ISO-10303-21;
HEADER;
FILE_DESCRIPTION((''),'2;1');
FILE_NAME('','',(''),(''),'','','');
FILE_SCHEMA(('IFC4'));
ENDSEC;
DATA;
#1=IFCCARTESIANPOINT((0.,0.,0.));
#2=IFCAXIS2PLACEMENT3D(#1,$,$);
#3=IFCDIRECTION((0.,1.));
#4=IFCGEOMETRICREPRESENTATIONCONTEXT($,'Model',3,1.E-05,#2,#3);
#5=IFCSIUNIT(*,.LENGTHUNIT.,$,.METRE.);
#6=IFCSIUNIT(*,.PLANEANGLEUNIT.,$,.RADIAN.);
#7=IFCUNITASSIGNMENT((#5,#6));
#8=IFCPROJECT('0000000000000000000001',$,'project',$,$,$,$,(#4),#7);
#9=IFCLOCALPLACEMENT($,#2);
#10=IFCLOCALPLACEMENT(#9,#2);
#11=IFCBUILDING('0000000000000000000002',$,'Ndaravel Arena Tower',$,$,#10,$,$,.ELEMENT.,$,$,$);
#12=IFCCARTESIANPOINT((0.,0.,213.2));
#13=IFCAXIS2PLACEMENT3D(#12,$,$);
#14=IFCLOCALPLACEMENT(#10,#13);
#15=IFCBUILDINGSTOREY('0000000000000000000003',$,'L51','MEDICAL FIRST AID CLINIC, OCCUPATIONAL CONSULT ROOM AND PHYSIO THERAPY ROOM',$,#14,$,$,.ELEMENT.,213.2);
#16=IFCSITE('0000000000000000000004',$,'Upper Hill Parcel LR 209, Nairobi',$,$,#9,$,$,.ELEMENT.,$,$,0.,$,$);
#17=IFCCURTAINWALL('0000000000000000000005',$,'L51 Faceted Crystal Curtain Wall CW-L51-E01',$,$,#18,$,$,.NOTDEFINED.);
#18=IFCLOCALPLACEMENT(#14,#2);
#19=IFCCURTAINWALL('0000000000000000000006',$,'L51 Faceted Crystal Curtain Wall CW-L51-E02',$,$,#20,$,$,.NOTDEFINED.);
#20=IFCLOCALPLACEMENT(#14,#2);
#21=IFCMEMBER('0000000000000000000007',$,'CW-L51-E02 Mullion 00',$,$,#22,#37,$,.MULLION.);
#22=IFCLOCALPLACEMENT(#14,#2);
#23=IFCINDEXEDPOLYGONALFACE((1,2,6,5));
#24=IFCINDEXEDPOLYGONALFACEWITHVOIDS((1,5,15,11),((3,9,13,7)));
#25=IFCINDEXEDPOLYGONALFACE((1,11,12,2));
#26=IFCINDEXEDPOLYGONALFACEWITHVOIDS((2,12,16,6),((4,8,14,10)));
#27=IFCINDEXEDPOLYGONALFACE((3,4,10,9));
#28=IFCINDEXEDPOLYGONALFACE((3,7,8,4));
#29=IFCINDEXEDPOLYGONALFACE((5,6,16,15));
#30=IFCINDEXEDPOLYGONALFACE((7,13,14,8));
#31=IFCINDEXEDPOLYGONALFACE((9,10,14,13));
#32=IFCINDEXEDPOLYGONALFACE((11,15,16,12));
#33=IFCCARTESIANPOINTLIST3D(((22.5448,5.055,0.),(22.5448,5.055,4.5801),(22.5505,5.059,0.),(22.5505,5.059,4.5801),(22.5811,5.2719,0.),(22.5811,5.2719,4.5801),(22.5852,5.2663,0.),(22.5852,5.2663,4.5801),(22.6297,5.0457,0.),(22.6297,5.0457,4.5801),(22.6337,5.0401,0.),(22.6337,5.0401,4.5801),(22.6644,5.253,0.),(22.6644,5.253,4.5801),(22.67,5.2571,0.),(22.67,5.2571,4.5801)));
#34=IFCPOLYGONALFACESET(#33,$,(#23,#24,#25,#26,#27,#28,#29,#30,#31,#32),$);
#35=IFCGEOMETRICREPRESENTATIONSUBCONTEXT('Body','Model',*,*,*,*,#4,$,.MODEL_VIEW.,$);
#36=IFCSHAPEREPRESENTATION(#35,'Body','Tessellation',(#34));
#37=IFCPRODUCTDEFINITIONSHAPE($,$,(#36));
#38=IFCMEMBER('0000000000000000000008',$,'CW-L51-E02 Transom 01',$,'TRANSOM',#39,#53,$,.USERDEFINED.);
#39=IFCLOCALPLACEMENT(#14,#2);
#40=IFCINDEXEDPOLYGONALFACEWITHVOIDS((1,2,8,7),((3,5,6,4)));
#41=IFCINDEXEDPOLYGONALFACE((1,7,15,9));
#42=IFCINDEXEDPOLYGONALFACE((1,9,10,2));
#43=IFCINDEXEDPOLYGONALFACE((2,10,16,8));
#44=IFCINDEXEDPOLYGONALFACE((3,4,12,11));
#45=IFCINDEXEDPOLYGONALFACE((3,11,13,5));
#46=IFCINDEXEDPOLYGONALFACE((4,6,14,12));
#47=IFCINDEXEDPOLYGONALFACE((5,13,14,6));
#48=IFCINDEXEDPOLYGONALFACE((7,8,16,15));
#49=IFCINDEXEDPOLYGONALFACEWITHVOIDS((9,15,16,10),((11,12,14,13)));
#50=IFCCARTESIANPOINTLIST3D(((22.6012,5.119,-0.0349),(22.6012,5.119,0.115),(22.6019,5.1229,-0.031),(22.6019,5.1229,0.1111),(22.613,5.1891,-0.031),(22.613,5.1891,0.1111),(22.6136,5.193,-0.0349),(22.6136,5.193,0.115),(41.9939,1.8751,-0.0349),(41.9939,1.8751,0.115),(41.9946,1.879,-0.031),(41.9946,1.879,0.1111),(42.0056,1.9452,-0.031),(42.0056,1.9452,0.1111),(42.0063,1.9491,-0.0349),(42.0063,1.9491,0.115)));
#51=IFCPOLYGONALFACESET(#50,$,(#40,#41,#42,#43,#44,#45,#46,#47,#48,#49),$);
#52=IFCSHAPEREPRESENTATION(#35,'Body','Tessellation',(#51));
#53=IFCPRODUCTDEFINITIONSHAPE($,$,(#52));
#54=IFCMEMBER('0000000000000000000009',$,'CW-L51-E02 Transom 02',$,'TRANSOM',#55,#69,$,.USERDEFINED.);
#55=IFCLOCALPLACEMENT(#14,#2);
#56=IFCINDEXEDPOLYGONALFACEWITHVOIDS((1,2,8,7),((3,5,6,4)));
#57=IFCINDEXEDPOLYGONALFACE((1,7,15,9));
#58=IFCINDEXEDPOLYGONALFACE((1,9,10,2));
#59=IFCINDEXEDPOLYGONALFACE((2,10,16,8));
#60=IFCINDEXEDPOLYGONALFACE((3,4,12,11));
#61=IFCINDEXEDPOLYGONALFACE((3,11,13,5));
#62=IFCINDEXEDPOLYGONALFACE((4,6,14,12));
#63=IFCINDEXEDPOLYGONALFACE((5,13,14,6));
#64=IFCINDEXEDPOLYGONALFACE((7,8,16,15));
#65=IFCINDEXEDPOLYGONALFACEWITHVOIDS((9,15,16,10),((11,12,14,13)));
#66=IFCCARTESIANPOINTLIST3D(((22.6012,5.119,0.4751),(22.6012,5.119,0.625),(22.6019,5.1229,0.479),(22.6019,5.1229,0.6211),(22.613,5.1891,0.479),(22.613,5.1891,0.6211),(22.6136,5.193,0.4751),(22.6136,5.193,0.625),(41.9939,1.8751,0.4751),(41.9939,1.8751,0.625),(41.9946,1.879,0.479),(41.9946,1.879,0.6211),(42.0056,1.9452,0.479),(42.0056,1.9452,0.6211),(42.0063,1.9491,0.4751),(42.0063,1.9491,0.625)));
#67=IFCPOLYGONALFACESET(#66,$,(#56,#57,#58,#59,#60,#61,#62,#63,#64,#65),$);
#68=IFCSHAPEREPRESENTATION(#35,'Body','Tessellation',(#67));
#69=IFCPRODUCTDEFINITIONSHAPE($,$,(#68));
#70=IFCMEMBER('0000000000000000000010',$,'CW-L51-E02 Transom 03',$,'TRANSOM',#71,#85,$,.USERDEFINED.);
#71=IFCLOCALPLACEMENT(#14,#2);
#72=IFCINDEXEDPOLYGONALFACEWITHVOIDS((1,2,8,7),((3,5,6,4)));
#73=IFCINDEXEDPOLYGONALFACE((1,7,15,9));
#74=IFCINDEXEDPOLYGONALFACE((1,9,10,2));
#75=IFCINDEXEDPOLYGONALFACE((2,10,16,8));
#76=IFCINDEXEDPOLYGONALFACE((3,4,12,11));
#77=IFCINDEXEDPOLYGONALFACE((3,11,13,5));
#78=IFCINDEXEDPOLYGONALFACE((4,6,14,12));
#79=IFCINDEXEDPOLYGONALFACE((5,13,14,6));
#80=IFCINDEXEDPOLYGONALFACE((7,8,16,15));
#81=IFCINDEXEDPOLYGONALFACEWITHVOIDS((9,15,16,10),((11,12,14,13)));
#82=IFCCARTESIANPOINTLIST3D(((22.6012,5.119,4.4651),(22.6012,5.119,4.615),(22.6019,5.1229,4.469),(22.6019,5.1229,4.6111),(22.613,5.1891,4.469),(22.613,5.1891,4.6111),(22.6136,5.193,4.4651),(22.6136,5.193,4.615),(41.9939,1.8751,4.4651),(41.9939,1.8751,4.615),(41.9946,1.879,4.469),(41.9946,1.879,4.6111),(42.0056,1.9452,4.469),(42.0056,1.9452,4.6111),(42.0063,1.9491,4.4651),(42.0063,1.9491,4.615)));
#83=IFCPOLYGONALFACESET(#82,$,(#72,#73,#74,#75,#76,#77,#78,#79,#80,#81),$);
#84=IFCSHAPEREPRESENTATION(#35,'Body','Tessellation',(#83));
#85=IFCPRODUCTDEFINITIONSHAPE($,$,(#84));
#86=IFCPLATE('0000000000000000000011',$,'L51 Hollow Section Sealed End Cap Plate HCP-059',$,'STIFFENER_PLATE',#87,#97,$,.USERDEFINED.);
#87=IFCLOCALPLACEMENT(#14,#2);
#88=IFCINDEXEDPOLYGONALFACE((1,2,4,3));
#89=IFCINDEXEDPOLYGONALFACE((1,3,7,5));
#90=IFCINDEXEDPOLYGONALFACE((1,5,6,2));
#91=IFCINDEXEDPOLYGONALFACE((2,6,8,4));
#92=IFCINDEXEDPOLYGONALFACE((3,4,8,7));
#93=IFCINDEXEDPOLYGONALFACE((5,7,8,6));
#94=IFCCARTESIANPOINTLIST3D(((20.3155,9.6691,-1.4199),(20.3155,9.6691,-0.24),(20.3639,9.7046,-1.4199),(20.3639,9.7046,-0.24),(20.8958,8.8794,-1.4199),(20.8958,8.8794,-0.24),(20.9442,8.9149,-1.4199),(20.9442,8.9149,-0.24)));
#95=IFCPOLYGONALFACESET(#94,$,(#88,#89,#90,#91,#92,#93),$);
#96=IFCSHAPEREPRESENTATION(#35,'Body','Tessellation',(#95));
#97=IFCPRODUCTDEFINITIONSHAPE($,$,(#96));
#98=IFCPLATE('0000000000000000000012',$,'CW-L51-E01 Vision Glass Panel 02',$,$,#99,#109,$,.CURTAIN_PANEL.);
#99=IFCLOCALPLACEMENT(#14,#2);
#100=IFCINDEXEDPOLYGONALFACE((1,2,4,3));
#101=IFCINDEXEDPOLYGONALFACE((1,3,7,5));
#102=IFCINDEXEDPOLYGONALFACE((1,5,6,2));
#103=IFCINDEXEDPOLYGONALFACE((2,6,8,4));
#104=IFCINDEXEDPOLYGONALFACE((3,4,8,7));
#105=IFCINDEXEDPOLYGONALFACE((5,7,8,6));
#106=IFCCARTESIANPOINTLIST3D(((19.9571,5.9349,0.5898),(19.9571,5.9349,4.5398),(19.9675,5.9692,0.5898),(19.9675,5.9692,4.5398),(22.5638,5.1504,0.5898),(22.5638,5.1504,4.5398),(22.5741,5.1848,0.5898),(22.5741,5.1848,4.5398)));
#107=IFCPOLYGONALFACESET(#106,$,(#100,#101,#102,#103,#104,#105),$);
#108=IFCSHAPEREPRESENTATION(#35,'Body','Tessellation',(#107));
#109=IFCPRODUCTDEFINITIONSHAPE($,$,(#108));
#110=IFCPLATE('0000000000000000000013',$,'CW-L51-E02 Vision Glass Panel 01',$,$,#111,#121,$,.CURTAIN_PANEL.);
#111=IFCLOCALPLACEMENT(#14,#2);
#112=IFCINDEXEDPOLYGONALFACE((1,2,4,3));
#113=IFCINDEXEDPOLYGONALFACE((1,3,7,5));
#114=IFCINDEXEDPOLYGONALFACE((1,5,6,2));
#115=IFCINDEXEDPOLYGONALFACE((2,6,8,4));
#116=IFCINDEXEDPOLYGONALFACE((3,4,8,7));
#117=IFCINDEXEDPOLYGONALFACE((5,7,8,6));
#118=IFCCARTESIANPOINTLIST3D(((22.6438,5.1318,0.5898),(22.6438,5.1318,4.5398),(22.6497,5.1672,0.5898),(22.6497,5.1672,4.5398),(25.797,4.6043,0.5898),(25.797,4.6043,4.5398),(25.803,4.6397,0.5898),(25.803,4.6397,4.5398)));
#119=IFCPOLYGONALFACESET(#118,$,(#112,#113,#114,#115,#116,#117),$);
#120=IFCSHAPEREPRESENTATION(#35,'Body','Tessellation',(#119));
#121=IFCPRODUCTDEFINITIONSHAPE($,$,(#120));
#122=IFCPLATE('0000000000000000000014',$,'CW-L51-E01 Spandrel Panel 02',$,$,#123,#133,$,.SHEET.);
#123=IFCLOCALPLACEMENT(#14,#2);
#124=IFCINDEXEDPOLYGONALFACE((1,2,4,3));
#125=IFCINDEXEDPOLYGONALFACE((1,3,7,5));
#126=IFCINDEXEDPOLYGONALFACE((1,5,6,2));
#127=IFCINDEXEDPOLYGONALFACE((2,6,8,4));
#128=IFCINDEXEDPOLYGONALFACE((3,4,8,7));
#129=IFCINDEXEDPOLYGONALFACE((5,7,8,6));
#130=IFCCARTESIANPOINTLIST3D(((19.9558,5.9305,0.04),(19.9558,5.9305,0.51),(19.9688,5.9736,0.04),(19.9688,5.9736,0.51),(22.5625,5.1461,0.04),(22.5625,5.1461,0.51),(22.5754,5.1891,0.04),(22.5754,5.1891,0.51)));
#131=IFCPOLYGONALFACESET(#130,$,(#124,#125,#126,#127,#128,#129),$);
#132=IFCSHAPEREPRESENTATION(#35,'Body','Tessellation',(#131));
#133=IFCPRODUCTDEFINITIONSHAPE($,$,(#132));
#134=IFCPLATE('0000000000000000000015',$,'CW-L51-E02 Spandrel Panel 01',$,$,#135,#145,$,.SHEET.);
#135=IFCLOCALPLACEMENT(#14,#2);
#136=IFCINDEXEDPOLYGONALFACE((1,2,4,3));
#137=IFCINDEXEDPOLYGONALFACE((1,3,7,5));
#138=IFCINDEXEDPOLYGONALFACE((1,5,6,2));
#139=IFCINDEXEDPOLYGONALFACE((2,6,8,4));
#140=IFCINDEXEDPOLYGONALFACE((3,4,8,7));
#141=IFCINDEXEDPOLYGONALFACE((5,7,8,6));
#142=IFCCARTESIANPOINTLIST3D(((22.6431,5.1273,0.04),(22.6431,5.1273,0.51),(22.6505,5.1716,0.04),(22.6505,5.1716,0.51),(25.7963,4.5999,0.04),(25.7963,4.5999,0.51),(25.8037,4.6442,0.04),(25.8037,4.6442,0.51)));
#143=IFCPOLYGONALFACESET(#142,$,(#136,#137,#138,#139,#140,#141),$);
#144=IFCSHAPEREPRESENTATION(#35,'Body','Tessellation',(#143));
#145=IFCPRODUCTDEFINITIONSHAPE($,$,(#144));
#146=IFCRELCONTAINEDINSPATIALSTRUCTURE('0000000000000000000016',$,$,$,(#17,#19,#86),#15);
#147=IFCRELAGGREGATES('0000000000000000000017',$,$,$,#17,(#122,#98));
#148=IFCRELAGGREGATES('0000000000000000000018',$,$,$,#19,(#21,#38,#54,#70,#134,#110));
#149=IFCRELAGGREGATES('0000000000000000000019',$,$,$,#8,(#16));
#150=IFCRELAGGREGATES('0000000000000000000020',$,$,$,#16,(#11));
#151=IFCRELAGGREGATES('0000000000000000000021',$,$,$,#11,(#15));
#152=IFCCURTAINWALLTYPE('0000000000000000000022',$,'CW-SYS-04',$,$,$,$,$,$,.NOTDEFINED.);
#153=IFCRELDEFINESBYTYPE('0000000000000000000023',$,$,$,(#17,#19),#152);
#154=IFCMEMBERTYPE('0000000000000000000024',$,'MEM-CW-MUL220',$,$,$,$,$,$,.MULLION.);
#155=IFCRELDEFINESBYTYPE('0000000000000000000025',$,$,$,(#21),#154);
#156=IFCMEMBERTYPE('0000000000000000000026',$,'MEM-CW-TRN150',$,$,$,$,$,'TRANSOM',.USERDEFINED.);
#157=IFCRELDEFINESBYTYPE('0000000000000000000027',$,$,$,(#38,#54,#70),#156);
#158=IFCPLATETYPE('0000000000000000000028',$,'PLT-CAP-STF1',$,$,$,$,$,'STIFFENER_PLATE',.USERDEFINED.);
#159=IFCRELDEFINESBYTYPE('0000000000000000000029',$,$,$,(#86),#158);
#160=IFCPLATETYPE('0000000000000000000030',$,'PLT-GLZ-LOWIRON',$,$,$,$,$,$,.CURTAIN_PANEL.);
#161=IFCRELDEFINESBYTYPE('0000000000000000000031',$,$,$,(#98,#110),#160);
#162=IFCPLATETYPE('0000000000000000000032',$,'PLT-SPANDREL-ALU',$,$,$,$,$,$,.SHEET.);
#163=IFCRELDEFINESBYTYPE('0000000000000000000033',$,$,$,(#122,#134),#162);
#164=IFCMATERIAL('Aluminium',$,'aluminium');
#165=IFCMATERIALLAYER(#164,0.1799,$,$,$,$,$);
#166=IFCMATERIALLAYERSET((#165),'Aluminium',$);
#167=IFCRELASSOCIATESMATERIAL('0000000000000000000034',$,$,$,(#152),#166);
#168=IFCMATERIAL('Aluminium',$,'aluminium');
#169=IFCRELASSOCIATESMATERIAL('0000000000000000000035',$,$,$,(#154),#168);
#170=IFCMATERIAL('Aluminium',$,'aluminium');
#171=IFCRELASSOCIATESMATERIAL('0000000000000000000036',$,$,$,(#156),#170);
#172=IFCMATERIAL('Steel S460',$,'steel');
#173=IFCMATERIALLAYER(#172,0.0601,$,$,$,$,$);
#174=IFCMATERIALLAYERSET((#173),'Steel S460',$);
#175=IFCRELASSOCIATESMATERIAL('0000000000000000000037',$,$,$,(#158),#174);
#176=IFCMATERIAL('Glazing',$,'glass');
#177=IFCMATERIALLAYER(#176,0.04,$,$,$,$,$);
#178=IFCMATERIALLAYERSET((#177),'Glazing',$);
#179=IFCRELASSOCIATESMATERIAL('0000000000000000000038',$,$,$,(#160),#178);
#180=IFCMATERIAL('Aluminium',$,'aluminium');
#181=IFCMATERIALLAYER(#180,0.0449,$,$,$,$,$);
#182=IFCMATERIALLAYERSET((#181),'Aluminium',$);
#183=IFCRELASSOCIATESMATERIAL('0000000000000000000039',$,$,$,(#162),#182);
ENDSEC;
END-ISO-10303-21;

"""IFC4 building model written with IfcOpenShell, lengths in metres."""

from ifc_helpers import new_model, si_unit, direction, frame, origin, origin_2d, place, context, subcontext, project, spatial, rectangle, hollow_rectangle, extrude, material, layer, layer_set, material_profile, profile_set, type_object, element, aggregate, save


model = new_model("IFC4")

# Units and contexts
model_context = context("Model", 3, precision=1e-05, world=origin(), true_north=direction((0.0, 1.0)))
body_context = subcontext(model_context, "Body", "Model", "MODEL_VIEW")
ifc_project = project(units=[si_unit("LENGTHUNIT", "METRE"), si_unit("PLANEANGLEUNIT", "RADIAN")], contexts=[model_context])

# Site, building, storey
site_placement = place(None, origin())
site = spatial("IfcSite", under=ifc_project, at=site_placement, Name="Upper Hill Parcel LR 209, Nairobi", CompositionType="ELEMENT", RefElevation=0.0)
building_placement = place(site_placement, origin())
building = spatial("IfcBuilding", under=site, at=building_placement, Name="Ndaravel Arena Tower", CompositionType="ELEMENT")
storey_placement = place(building_placement, frame((0.0, 0.0, 213.2)))
storey = spatial("IfcBuildingStorey", under=building, at=storey_placement, Name="L51", Description="MEDICAL FIRST AID CLINIC, OCCUPATIONAL CONSULT ROOM AND PHYSIO THERAPY ROOM", CompositionType="ELEMENT", Elevation=213.2)

# Curtain wall
ifc_material_1 = material(Name="Aluminium", Category="aluminium")
ifc_layer_1 = layer(ifc_material_1, 0.1799)
ifc_layer_set_1 = layer_set([ifc_layer_1], Name="Aluminium")
curtain_wall_type = type_object("IfcCurtainWallType", Name="CW-SYS-04", PredefinedType="NOTDEFINED", material=ifc_layer_set_1)
curtain_wall_1_placement = place(storey_placement, origin())
curtain_wall_1 = element("IfcCurtainWall", 1, at=curtain_wall_1_placement, inside=storey, type_object=curtain_wall_type, Name="L51 Faceted Crystal Curtain Wall CW-L51-E01", PredefinedType="NOTDEFINED")
ifc_material_2 = material(Name="Aluminium", Category="aluminium")
ifc_material_profile_1 = material_profile(ifc_material_2, hollow_rectangle(XDim=0.0901, YDim=0.22, WallThickness=0.0049, at=origin_2d()), Name="CW MULLION 90x220x5")
ifc_profile_set_1 = profile_set([ifc_material_profile_1], Name="Aluminium")
member_type_1 = type_object("IfcMemberType", Name="MEM-CW-MUL220", PredefinedType="MULLION", material=ifc_profile_set_1)

# Curtain wall, members
curtain_wall_2_placement = place(storey_placement, origin())
curtain_wall_2 = element("IfcCurtainWall", 2, at=curtain_wall_2_placement, inside=storey, type_object=curtain_wall_type, Name="L51 Faceted Crystal Curtain Wall CW-L51-E02", PredefinedType="NOTDEFINED")
member_1_placement = place(storey_placement, frame((22.6074, 5.156, 0.0), z_axis=(0.0, 0.0, 1.0), x_axis=(0.986297, -0.164979, 0.0)))
member_1 = element("IfcMember", 3, at=member_1_placement, type_object=member_type_1, Name="CW-L51-E02 Mullion 00", PredefinedType="MULLION", context=body_context, shape_type="SweptSolid", body=[
    extrude(hollow_rectangle(XDim=0.0901, YDim=0.22, WallThickness=0.0049, at=origin_2d()), origin(), (0.0, 0.0, 1.0), 4.5801),
])
ifc_material_3 = material(Name="Aluminium", Category="aluminium")
ifc_material_profile_2 = material_profile(ifc_material_3, hollow_rectangle(XDim=0.075, YDim=0.1499, WallThickness=0.0039, at=origin_2d()), Name="CW TRANSOM 75x150x4")
ifc_profile_set_2 = profile_set([ifc_material_profile_2], Name="Aluminium")
member_type_2 = type_object("IfcMemberType", Name="MEM-CW-TRN150", ElementType="TRANSOM", PredefinedType="USERDEFINED", material=ifc_profile_set_2)
member_2_placement = place(storey_placement, frame((22.6074, 5.156, 0.04), z_axis=(0.986296, -0.164983, 0.0), x_axis=(0.164983, 0.986296, 0.0)))
member_2 = element("IfcMember", 4, at=member_2_placement, type_object=member_type_2, Name="CW-L51-E02 Transom 01", ObjectType="TRANSOM", PredefinedType="USERDEFINED", context=body_context, shape_type="SweptSolid", body=[
    extrude(hollow_rectangle(XDim=0.075, YDim=0.1499, WallThickness=0.0039, at=origin_2d()), origin(), (0.0, 0.0, 1.0), 19.6621),
])
member_3_placement = place(storey_placement, frame((22.6074, 5.156, 0.55), z_axis=(0.986296, -0.164983, 0.0), x_axis=(0.164983, 0.986296, 0.0)))
member_3 = element("IfcMember", 5, at=member_3_placement, type_object=member_type_2, Name="CW-L51-E02 Transom 02", ObjectType="TRANSOM", PredefinedType="USERDEFINED", context=body_context, shape_type="SweptSolid", body=[
    extrude(hollow_rectangle(XDim=0.075, YDim=0.1499, WallThickness=0.0039, at=origin_2d()), origin(), (0.0, 0.0, 1.0), 19.6621),
])
member_4_placement = place(storey_placement, frame((22.6074, 5.156, 4.54), z_axis=(0.986296, -0.164983, 0.0), x_axis=(0.164983, 0.986296, 0.0)))
member_4 = element("IfcMember", 6, at=member_4_placement, type_object=member_type_2, Name="CW-L51-E02 Transom 03", ObjectType="TRANSOM", PredefinedType="USERDEFINED", context=body_context, shape_type="SweptSolid", body=[
    extrude(hollow_rectangle(XDim=0.075, YDim=0.1499, WallThickness=0.0039, at=origin_2d()), origin(), (0.0, 0.0, 1.0), 19.6621),
])

# Plates
ifc_material_4 = material(Name="Steel S460", Category="steel")
ifc_layer_2 = layer(ifc_material_4, 0.0601)
ifc_layer_set_2 = layer_set([ifc_layer_2], Name="Steel S460")
plate_type_1 = type_object("IfcPlateType", Name="PLT-CAP-STF1", ElementType="STIFFENER_PLATE", PredefinedType="USERDEFINED", material=ifc_layer_set_2)
plate_1_placement = place(storey_placement, frame((20.6299, 9.292, -1.4199), z_axis=(0.0, 0.0, 1.0), x_axis=(-0.805825, -0.592154, 0.0)))
element("IfcPlate", 7, at=plate_1_placement, inside=storey, type_object=plate_type_1, Name="L51 Hollow Section Sealed End Cap Plate HCP-059", ObjectType="STIFFENER_PLATE", PredefinedType="USERDEFINED", context=body_context, shape_type="SweptSolid", body=[
    extrude(rectangle(XDim=0.0601, YDim=0.98, at=origin_2d()), origin(), (0.0, 0.0, 1.0), 1.1799),
])
ifc_material_5 = material(Name="Glazing", Category="glass")
ifc_layer_3 = layer(ifc_material_5, 0.04)
ifc_layer_set_3 = layer_set([ifc_layer_3], Name="Glazing")
plate_type_2 = type_object("IfcPlateType", Name="PLT-GLZ-LOWIRON", PredefinedType="CURTAIN_PANEL", material=ifc_layer_set_3)
plate_2_placement = place(storey_placement, frame((21.2656, 5.5598, 0.5898), z_axis=(0.0, 0.0, 1.0), x_axis=(0.957576, -0.28818, 0.0)))
plate_2 = element("IfcPlate", 8, at=plate_2_placement, type_object=plate_type_2, Name="CW-L51-E01 Vision Glass Panel 02", PredefinedType="CURTAIN_PANEL", context=body_context, shape_type="SweptSolid", body=[
    extrude(rectangle(XDim=2.7222, YDim=0.0359, at=origin_2d()), origin(), (0.0, 0.0, 1.0), 3.95),
])
plate_3_placement = place(storey_placement, frame((24.2234, 4.8857, 0.5898), z_axis=(0.0, 0.0, 1.0), x_axis=(0.986297, -0.164979, 0.0)))
plate_3 = element("IfcPlate", 9, at=plate_3_placement, type_object=plate_type_2, Name="CW-L51-E02 Vision Glass Panel 01", PredefinedType="CURTAIN_PANEL", context=body_context, shape_type="SweptSolid", body=[
    extrude(rectangle(XDim=3.197, YDim=0.0359, at=origin_2d()), origin(), (0.0, 0.0, 1.0), 3.95),
])
ifc_material_6 = material(Name="Aluminium", Category="aluminium")
ifc_layer_4 = layer(ifc_material_6, 0.0449)
ifc_layer_set_4 = layer_set([ifc_layer_4], Name="Aluminium")
plate_type_3 = type_object("IfcPlateType", Name="PLT-SPANDREL-ALU", PredefinedType="SHEET", material=ifc_layer_set_4)
plate_4_placement = place(storey_placement, frame((21.2656, 5.5598, 0.04), z_axis=(0.0, 0.0, 1.0), x_axis=(0.957576, -0.28818, 0.0)))
plate_4 = element("IfcPlate", 10, at=plate_4_placement, type_object=plate_type_3, Name="CW-L51-E01 Spandrel Panel 02", PredefinedType="SHEET", context=body_context, shape_type="SweptSolid", body=[
    extrude(rectangle(XDim=2.7222, YDim=0.0449, at=origin_2d()), origin(), (0.0, 0.0, 1.0), 0.47),
])
aggregate(curtain_wall_1, [plate_4, plate_2])
plate_5_placement = place(storey_placement, frame((24.2234, 4.8857, 0.04), z_axis=(0.0, 0.0, 1.0), x_axis=(0.986297, -0.164979, 0.0)))
plate_5 = element("IfcPlate", 11, at=plate_5_placement, type_object=plate_type_3, Name="CW-L51-E02 Spandrel Panel 01", PredefinedType="SHEET", context=body_context, shape_type="SweptSolid", body=[
    extrude(rectangle(XDim=3.197, YDim=0.0449, at=origin_2d()), origin(), (0.0, 0.0, 1.0), 0.47),
])
aggregate(curtain_wall_2, [member_1, member_2, member_3, member_4, plate_5, plate_3])

save(model, "model.ifc")
